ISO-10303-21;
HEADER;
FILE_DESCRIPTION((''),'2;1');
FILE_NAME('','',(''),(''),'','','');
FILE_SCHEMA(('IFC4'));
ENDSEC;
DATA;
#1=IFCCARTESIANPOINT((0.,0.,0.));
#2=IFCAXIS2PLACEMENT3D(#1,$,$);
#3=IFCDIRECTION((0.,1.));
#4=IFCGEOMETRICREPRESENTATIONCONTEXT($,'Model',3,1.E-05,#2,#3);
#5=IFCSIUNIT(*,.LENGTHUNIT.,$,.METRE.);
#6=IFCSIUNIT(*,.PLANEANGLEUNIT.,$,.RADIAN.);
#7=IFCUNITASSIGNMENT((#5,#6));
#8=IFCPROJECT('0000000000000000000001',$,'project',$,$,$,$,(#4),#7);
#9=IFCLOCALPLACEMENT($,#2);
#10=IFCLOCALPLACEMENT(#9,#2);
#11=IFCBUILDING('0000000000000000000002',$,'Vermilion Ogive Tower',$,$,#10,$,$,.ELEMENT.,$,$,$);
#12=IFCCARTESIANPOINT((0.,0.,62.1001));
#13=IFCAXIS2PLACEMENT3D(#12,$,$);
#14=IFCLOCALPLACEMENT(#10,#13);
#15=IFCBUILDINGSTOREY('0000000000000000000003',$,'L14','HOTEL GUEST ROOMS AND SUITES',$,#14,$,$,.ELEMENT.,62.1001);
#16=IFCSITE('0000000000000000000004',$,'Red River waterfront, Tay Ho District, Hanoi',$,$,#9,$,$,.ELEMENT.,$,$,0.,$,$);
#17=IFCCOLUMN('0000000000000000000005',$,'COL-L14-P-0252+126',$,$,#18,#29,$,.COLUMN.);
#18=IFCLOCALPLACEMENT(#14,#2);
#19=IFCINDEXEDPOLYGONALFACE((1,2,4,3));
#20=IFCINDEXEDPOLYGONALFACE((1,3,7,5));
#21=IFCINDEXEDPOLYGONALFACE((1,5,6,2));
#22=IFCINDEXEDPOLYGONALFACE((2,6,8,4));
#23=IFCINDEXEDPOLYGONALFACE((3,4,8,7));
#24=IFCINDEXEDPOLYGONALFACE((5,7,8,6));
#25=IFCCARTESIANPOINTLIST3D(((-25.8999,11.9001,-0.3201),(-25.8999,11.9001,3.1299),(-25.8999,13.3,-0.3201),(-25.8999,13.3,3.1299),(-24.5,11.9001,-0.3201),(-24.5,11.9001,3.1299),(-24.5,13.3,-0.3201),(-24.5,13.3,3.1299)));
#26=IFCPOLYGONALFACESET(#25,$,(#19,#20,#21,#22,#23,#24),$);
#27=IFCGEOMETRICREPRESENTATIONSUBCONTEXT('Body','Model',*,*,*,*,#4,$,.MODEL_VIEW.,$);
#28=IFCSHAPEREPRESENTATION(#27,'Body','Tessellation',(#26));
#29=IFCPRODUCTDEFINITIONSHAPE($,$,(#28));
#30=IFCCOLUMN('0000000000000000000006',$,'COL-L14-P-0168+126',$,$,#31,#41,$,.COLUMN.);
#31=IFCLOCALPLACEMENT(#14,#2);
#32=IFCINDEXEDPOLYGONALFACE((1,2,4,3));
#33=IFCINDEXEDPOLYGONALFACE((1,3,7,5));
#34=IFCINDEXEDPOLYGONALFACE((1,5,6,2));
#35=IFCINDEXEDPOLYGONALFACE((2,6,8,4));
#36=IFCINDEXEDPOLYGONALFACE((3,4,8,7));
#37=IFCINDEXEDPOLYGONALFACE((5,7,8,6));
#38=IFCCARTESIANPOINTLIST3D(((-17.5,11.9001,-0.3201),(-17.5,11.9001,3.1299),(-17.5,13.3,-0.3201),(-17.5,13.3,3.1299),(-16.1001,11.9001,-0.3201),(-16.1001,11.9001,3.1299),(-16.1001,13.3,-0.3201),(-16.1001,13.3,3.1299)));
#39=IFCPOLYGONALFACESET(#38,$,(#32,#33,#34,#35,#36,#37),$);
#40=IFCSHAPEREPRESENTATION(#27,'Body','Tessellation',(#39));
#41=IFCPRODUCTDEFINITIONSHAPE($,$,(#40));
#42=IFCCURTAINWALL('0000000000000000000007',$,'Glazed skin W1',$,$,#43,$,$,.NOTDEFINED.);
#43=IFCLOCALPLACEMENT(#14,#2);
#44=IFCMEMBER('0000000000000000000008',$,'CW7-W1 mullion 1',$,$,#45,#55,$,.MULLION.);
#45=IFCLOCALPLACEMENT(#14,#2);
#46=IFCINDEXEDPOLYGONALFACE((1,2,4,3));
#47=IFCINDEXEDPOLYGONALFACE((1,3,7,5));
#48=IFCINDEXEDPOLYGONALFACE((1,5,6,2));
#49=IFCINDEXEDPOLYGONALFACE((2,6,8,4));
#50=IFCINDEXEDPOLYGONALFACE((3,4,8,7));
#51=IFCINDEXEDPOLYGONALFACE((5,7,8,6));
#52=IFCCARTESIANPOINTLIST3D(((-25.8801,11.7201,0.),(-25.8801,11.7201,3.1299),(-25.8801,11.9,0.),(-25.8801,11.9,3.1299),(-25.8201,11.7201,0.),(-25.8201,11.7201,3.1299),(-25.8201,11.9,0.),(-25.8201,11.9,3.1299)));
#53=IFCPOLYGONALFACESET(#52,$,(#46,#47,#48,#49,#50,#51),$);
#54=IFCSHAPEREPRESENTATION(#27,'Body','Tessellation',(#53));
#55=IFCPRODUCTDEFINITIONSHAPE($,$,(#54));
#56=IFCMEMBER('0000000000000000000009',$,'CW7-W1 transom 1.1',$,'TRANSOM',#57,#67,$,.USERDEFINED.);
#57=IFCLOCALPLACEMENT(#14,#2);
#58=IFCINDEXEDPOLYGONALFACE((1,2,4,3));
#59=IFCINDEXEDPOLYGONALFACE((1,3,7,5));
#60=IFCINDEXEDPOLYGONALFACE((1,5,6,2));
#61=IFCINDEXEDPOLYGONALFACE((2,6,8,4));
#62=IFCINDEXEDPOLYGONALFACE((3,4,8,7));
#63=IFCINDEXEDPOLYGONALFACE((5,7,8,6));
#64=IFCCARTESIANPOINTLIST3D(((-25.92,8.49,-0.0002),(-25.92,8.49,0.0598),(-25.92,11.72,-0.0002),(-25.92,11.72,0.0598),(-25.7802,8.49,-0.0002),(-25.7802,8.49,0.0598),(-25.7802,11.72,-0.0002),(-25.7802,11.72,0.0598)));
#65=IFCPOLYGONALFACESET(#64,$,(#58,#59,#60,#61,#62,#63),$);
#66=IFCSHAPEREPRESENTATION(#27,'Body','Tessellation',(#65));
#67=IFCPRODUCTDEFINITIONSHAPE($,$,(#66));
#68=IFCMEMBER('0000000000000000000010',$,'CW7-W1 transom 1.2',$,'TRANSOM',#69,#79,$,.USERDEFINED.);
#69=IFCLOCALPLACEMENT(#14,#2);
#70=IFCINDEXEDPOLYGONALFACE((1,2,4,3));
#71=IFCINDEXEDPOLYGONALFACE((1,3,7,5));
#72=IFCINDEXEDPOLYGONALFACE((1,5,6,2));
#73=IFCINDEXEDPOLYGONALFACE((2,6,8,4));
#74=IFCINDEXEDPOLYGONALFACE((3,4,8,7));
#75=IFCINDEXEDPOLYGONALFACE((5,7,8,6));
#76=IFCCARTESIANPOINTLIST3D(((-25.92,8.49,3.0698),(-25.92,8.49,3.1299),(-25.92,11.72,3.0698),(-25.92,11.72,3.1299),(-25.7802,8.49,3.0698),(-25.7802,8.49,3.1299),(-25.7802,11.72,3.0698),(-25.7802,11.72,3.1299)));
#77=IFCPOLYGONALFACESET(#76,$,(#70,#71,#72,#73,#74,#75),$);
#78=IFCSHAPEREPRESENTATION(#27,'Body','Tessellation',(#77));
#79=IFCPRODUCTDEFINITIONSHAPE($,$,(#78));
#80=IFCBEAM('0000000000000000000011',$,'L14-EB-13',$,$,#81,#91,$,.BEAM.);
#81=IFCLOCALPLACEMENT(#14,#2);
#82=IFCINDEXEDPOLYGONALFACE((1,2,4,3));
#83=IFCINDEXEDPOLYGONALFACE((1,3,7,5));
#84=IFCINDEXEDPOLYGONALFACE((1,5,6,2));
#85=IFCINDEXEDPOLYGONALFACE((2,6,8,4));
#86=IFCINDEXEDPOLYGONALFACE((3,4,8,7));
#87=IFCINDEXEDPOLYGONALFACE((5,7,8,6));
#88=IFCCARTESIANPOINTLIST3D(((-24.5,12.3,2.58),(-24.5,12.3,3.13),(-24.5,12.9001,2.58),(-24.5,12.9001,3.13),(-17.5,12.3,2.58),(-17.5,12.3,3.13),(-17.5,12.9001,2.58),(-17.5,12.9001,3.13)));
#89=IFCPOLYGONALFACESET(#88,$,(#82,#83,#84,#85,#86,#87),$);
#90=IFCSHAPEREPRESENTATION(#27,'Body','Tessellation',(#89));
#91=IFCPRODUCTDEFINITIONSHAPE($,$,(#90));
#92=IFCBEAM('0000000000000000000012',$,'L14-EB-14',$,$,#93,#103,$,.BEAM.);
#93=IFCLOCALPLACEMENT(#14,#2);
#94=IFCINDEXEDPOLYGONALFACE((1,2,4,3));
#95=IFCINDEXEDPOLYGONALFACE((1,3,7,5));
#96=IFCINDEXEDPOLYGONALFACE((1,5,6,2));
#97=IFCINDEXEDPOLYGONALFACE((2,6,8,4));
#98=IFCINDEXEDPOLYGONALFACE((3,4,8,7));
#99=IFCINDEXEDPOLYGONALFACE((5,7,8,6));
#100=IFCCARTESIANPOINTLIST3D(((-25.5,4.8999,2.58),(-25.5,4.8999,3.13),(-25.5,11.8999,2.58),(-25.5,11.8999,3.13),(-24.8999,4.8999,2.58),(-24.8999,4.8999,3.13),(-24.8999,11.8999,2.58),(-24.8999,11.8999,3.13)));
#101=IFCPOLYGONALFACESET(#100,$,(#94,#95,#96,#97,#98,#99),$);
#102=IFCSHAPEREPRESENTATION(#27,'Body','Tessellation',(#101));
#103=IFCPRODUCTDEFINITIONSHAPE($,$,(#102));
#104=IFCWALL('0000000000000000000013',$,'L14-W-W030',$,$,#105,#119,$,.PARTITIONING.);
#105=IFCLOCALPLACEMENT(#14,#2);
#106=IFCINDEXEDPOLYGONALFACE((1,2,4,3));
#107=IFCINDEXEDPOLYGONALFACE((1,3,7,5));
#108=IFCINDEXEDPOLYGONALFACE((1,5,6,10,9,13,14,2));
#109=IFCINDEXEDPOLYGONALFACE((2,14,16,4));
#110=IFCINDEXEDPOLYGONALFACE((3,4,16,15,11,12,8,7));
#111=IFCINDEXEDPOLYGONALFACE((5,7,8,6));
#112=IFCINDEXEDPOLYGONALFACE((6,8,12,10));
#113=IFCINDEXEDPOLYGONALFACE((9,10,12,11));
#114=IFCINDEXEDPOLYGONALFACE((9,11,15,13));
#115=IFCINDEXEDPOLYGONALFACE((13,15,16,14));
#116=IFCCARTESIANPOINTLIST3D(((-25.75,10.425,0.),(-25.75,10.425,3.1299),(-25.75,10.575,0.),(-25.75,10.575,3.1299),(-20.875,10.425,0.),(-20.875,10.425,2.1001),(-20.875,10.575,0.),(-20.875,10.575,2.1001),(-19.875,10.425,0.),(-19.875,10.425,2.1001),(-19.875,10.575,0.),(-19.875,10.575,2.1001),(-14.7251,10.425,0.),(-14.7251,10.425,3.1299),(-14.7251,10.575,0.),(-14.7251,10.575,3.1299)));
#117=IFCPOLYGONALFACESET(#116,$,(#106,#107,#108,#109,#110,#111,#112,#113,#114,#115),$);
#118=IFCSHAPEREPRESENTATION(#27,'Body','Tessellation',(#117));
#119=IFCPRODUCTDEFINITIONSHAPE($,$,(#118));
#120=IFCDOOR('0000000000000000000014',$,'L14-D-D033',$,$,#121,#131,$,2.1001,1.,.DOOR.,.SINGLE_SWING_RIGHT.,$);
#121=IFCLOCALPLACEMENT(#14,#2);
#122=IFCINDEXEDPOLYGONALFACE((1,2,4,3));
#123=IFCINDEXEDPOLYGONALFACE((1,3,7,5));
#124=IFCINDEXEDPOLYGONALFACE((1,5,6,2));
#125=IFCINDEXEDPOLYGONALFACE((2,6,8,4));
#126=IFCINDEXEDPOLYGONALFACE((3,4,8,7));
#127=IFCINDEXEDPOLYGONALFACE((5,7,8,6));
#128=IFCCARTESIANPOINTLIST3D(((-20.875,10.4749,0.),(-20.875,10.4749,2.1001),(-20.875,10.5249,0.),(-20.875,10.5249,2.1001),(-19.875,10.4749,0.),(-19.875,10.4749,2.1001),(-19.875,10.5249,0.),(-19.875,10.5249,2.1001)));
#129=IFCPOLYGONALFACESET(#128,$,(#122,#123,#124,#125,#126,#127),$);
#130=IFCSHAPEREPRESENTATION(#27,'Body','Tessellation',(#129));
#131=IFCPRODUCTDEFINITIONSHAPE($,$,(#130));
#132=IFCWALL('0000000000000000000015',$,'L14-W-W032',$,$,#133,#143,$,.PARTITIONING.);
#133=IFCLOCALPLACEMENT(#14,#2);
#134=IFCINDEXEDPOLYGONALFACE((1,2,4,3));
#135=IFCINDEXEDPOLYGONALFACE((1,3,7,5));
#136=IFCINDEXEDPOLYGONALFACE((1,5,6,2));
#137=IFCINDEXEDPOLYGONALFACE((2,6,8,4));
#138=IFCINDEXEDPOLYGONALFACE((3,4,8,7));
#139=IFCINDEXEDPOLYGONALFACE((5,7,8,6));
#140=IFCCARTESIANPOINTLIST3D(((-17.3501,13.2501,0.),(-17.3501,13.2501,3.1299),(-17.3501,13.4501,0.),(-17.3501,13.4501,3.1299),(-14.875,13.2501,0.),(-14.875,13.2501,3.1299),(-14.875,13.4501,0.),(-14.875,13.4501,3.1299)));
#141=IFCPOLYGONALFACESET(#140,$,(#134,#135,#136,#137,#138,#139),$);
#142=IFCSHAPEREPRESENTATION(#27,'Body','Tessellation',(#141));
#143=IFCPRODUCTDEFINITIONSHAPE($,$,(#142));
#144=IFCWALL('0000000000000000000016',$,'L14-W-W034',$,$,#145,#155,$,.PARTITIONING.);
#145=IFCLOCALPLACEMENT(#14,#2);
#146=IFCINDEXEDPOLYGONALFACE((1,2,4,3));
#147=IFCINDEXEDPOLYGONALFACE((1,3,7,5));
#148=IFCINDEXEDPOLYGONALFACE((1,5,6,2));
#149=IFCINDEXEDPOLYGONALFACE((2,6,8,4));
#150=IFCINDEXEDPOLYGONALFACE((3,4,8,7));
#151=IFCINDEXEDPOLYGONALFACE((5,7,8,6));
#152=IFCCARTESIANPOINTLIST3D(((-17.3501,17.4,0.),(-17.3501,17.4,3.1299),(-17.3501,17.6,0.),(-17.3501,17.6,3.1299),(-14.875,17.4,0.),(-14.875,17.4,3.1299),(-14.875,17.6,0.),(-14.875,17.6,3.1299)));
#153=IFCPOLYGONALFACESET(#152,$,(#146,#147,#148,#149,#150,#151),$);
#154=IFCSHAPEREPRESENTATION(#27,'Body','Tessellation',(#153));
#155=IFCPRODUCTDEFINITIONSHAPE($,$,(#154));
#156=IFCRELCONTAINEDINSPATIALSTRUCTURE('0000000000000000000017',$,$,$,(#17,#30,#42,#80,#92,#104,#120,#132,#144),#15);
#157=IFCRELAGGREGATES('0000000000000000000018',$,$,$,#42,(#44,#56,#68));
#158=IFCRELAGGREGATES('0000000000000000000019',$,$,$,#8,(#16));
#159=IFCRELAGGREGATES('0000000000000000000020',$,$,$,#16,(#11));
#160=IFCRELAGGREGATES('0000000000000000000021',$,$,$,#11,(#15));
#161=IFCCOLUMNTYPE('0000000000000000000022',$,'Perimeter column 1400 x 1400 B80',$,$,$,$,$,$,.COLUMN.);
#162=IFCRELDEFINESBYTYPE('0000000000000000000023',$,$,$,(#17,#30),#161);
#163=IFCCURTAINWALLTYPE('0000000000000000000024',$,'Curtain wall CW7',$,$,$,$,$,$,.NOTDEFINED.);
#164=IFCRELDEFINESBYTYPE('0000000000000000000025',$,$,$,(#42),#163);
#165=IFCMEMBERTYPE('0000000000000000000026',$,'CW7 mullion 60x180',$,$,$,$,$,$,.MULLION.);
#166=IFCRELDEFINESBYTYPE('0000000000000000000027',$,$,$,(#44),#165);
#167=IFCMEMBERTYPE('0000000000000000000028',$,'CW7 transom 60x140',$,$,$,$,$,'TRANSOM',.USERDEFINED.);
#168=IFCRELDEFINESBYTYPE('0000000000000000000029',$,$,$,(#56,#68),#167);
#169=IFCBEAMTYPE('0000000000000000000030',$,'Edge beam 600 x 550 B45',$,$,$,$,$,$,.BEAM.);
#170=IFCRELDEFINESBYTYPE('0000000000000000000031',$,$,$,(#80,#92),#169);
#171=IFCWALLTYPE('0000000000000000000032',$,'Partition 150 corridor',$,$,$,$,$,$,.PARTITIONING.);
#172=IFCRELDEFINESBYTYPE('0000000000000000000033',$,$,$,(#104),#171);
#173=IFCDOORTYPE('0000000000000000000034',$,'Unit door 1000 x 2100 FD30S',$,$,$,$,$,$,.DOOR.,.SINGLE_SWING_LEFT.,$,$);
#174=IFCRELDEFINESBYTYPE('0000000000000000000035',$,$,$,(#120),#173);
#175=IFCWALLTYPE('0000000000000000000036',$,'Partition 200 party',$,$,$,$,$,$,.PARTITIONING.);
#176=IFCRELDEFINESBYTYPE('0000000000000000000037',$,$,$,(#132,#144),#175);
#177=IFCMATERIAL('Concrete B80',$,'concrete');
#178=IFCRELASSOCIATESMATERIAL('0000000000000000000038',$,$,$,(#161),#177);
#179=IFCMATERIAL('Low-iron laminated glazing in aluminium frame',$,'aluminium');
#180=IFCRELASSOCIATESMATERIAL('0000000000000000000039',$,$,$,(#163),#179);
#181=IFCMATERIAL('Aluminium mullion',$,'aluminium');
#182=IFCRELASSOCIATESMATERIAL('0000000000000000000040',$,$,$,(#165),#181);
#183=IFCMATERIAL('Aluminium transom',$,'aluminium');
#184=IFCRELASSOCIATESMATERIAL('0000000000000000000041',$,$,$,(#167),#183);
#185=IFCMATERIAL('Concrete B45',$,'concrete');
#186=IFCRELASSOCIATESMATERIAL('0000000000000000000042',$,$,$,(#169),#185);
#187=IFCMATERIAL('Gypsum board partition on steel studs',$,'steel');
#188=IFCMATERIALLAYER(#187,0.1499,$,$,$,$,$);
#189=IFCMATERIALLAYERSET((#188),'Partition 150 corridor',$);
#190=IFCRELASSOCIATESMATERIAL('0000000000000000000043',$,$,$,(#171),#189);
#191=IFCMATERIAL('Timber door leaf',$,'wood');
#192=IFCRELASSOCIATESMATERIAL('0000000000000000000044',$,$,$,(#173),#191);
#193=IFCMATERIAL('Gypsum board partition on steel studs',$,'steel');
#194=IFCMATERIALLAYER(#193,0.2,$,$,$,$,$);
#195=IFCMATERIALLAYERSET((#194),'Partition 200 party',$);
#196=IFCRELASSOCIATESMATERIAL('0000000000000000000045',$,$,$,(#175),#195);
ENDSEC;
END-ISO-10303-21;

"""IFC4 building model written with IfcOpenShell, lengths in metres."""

from ifc_helpers import new_model, si_unit, direction, frame, frame_2d, origin, origin_2d, place, context, subcontext, project, spatial, rectangle, extrude, material, layer, layer_set, material_profile, profile_set, type_object, element, fill, aggregate, save


model = new_model("IFC4")

# Units and contexts
model_context = context("Model", 3, precision=1e-05, world=origin(), true_north=direction((0.0, 1.0)))
body_context = subcontext(model_context, "Body", "Model", "MODEL_VIEW")
ifc_project = project(units=[si_unit("LENGTHUNIT", "METRE"), si_unit("PLANEANGLEUNIT", "RADIAN")], contexts=[model_context])

# Site, building, storey
site_placement = place(None, origin())
site = spatial("IfcSite", under=ifc_project, at=site_placement, Name="Red River waterfront, Tay Ho District, Hanoi", CompositionType="ELEMENT", RefElevation=0.0)
building_placement = place(site_placement, origin())
building = spatial("IfcBuilding", under=site, at=building_placement, Name="Vermilion Ogive Tower", CompositionType="ELEMENT")
storey_placement = place(building_placement, frame((0.0, 0.0, 62.1001)))
storey = spatial("IfcBuildingStorey", under=building, at=storey_placement, Name="L14", Description="HOTEL GUEST ROOMS AND SUITES", CompositionType="ELEMENT", Elevation=62.1001)

# Columns
ifc_material_1 = material(Name="Concrete B80", Category="concrete")
ifc_material_profile_1 = material_profile(ifc_material_1, rectangle(XDim=1.3999, YDim=1.3999, at=origin_2d()), Name="1400 x 1400")
ifc_profile_set_1 = profile_set([ifc_material_profile_1], Name="Concrete B80")
column_type = type_object("IfcColumnType", Name="Perimeter column 1400 x 1400 B80", PredefinedType="COLUMN", material=ifc_profile_set_1)
for number, where, z_axis, x_axis, name in (
    (1, (-25.2, 12.6001, -0.3201), (0.0, 0.0, 1.0), (1.0, 0.0, 0.0), "COL-L14-P-0252+126"),
    (2, (-16.8, 12.6001, -0.3201), (0.0, 0.0, 1.0), (1.0, 0.0, 0.0), "COL-L14-P-0168+126"),
):
    element("IfcColumn", number, at=place(storey_placement, frame(where, z_axis=z_axis, x_axis=x_axis)), inside=storey, type_object=column_type, Name=name, PredefinedType="COLUMN", context=body_context, shape_type="SweptSolid", body=[
        extrude(rectangle(XDim=1.3999, YDim=1.3999, at=origin_2d()), origin(), (0.0, 0.0, 1.0), 3.45),
    ])

# Curtain wall, members
ifc_material_2 = material(Name="Low-iron laminated glazing in aluminium frame", Category="aluminium")
curtain_wall_type = type_object("IfcCurtainWallType", Name="Curtain wall CW7", PredefinedType="NOTDEFINED", material=ifc_material_2)
curtain_wall_placement = place(storey_placement, origin())
curtain_wall = element("IfcCurtainWall", 3, at=curtain_wall_placement, inside=storey, type_object=curtain_wall_type, Name="Glazed skin W1", PredefinedType="NOTDEFINED")
ifc_material_3 = material(Name="Aluminium mullion", Category="aluminium")
ifc_material_profile_2 = material_profile(ifc_material_3, rectangle(XDim=0.0601, YDim=0.1799, at=origin_2d()), Name="AL 60x180")
ifc_profile_set_2 = profile_set([ifc_material_profile_2], Name="Aluminium mullion")
member_type_1 = type_object("IfcMemberType", Name="CW7 mullion 60x180", PredefinedType="MULLION", material=ifc_profile_set_2)
member_1_placement = place(storey_placement, frame((-25.8501, 11.8101, 0.0), z_axis=(0.0, 0.0, 1.0), x_axis=(1.0, 0.0, 0.0)))
member_1 = element("IfcMember", 4, at=member_1_placement, type_object=member_type_1, Name="CW7-W1 mullion 1", PredefinedType="MULLION", context=body_context, shape_type="SweptSolid", body=[
    extrude(rectangle(XDim=0.0601, YDim=0.1799, at=origin_2d()), origin(), (0.0, 0.0, 1.0), 3.1299),
])
ifc_material_4 = material(Name="Aluminium transom", Category="aluminium")
ifc_material_profile_3 = material_profile(ifc_material_4, rectangle(XDim=0.1399, YDim=0.0601, at=origin_2d()), Name="AL 60x140")
ifc_profile_set_3 = profile_set([ifc_material_profile_3], Name="Aluminium transom")
member_type_2 = type_object("IfcMemberType", Name="CW7 transom 60x140", ElementType="TRANSOM", PredefinedType="USERDEFINED", material=ifc_profile_set_3)
member_2_placement = place(storey_placement, frame((-25.8501, 11.72, 0.0298), z_axis=(0.0, -1.0, 0.0), x_axis=(1.0, 0.0, 0.0)))
member_2 = element("IfcMember", 5, at=member_2_placement, type_object=member_type_2, Name="CW7-W1 transom 1.1", ObjectType="TRANSOM", PredefinedType="USERDEFINED", context=body_context, shape_type="SweptSolid", body=[
    extrude(rectangle(XDim=0.1399, YDim=0.0601, at=origin_2d()), origin(), (0.0, 0.0, 1.0), 3.23),
])
member_3_placement = place(storey_placement, frame((-25.8501, 11.72, 3.0999), z_axis=(0.0, -1.0, 0.0), x_axis=(1.0, 0.0, 0.0)))
member_3 = element("IfcMember", 6, at=member_3_placement, type_object=member_type_2, Name="CW7-W1 transom 1.2", ObjectType="TRANSOM", PredefinedType="USERDEFINED", context=body_context, shape_type="SweptSolid", body=[
    extrude(rectangle(XDim=0.1399, YDim=0.0601, at=origin_2d()), origin(), (0.0, 0.0, 1.0), 3.23),
])
aggregate(curtain_wall, [member_1, member_2, member_3])

# Beams
ifc_material_5 = material(Name="Concrete B45", Category="concrete")
ifc_material_profile_4 = material_profile(ifc_material_5, rectangle(XDim=0.6001, YDim=0.55, at=origin_2d()), Name="600 x 550")
ifc_profile_set_4 = profile_set([ifc_material_profile_4], Name="Concrete B45")
beam_type = type_object("IfcBeamType", Name="Edge beam 600 x 550 B45", PredefinedType="BEAM", material=ifc_profile_set_4)
for number, where, z_axis, x_axis, name in (
    (7, (-17.5, 12.6001, 2.855), (-1.0, 0.0, 0.0), (0.0, -1.0, 0.0), "L14-EB-13"),
    (8, (-25.2, 11.8999, 2.855), (0.0, -1.0, 0.0), (1.0, 0.0, 0.0), "L14-EB-14"),
):
    element("IfcBeam", number, at=place(storey_placement, frame(where, z_axis=z_axis, x_axis=x_axis)), inside=storey, type_object=beam_type, Name=name, PredefinedType="BEAM", context=body_context, shape_type="SweptSolid", body=[
        extrude(rectangle(XDim=0.6001, YDim=0.55, at=origin_2d()), origin(), (0.0, 0.0, 1.0), 7.0),
    ])

# Wall, opening, door
ifc_material_6 = material(Name="Gypsum board partition on steel studs", Category="steel")
ifc_layer_1 = layer(ifc_material_6, 0.1499)
ifc_layer_set_1 = layer_set([ifc_layer_1], Name="Partition 150 corridor")
wall_type_1 = type_object("IfcWallType", Name="Partition 150 corridor", PredefinedType="PARTITIONING", material=ifc_layer_set_1)
wall_1_placement = place(storey_placement, frame((-25.75, 10.5, 0.0), z_axis=(0.0, 0.0, 1.0), x_axis=(1.0, 0.0, 0.0)))
wall_1 = element("IfcWall", 9, at=wall_1_placement, inside=storey, type_object=wall_type_1, Name="L14-W-W030", PredefinedType="PARTITIONING", context=body_context, shape_type="SweptSolid", body=[
    extrude(rectangle(XDim=11.0249, YDim=0.1499, at=frame_2d((5.5125, 0.0))), origin(), (0.0, 0.0, 1.0), 3.1299),
])
opening_1_placement = place(wall_1_placement, frame((4.875, 0.0, 0.0)))
opening_1 = element("IfcOpeningElement", 10, at=opening_1_placement, cuts=wall_1, PredefinedType="OPENING", context=body_context, shape_type="SweptSolid", body=[
    extrude(rectangle(XDim=1.0, YDim=2.1001, at=frame_2d((0.5, 1.05))), frame((0.0, 0.085, 0.0), z_axis=(0.0, -1.0, 0.0), x_axis=(1.0, 0.0, 0.0)), (0.0, 0.0, 1.0), 0.1699),
])
ifc_material_7 = material(Name="Timber door leaf", Category="wood")
door_type = type_object("IfcDoorType", Name="Unit door 1000 x 2100 FD30S", OperationType="SINGLE_SWING_LEFT", PredefinedType="DOOR", material=ifc_material_7)
door_placement = place(opening_1_placement, origin())
door = element("IfcDoor", 11, at=door_placement, inside=storey, type_object=door_type, Name="L14-D-D033", OperationType="SINGLE_SWING_RIGHT", OverallHeight=2.1001, OverallWidth=1.0, PredefinedType="DOOR", context=body_context, shape_type="SweptSolid", body=[
    extrude(rectangle(XDim=1.0, YDim=2.1001, at=frame_2d((0.5, 1.05))), frame((0.0, 0.0249, 0.0), z_axis=(0.0, -1.0, 0.0), x_axis=(1.0, 0.0, 0.0)), (0.0, 0.0, 1.0), 0.05),
])
fill(opening_1, door)

# Walls
ifc_material_8 = material(Name="Gypsum board partition on steel studs", Category="steel")
ifc_layer_2 = layer(ifc_material_8, 0.2)
ifc_layer_set_2 = layer_set([ifc_layer_2], Name="Partition 200 party")
wall_type_2 = type_object("IfcWallType", Name="Partition 200 party", PredefinedType="PARTITIONING", material=ifc_layer_set_2)
for number, where, z_axis, x_axis, name in (
    (12, (-17.3501, 13.3501, 0.0), (0.0, 0.0, 1.0), (1.0, 0.0, 0.0), "L14-W-W032"),
    (13, (-17.3501, 17.5, 0.0), (0.0, 0.0, 1.0), (1.0, 0.0, 0.0), "L14-W-W034"),
):
    element("IfcWall", number, at=place(storey_placement, frame(where, z_axis=z_axis, x_axis=x_axis)), inside=storey, type_object=wall_type_2, Name=name, PredefinedType="PARTITIONING", context=body_context, shape_type="SweptSolid", body=[
        extrude(rectangle(XDim=2.4751, YDim=0.2, at=frame_2d((1.2375, 0.0))), origin(), (0.0, 0.0, 1.0), 3.1299),
    ])

save(model, "model.ifc")
